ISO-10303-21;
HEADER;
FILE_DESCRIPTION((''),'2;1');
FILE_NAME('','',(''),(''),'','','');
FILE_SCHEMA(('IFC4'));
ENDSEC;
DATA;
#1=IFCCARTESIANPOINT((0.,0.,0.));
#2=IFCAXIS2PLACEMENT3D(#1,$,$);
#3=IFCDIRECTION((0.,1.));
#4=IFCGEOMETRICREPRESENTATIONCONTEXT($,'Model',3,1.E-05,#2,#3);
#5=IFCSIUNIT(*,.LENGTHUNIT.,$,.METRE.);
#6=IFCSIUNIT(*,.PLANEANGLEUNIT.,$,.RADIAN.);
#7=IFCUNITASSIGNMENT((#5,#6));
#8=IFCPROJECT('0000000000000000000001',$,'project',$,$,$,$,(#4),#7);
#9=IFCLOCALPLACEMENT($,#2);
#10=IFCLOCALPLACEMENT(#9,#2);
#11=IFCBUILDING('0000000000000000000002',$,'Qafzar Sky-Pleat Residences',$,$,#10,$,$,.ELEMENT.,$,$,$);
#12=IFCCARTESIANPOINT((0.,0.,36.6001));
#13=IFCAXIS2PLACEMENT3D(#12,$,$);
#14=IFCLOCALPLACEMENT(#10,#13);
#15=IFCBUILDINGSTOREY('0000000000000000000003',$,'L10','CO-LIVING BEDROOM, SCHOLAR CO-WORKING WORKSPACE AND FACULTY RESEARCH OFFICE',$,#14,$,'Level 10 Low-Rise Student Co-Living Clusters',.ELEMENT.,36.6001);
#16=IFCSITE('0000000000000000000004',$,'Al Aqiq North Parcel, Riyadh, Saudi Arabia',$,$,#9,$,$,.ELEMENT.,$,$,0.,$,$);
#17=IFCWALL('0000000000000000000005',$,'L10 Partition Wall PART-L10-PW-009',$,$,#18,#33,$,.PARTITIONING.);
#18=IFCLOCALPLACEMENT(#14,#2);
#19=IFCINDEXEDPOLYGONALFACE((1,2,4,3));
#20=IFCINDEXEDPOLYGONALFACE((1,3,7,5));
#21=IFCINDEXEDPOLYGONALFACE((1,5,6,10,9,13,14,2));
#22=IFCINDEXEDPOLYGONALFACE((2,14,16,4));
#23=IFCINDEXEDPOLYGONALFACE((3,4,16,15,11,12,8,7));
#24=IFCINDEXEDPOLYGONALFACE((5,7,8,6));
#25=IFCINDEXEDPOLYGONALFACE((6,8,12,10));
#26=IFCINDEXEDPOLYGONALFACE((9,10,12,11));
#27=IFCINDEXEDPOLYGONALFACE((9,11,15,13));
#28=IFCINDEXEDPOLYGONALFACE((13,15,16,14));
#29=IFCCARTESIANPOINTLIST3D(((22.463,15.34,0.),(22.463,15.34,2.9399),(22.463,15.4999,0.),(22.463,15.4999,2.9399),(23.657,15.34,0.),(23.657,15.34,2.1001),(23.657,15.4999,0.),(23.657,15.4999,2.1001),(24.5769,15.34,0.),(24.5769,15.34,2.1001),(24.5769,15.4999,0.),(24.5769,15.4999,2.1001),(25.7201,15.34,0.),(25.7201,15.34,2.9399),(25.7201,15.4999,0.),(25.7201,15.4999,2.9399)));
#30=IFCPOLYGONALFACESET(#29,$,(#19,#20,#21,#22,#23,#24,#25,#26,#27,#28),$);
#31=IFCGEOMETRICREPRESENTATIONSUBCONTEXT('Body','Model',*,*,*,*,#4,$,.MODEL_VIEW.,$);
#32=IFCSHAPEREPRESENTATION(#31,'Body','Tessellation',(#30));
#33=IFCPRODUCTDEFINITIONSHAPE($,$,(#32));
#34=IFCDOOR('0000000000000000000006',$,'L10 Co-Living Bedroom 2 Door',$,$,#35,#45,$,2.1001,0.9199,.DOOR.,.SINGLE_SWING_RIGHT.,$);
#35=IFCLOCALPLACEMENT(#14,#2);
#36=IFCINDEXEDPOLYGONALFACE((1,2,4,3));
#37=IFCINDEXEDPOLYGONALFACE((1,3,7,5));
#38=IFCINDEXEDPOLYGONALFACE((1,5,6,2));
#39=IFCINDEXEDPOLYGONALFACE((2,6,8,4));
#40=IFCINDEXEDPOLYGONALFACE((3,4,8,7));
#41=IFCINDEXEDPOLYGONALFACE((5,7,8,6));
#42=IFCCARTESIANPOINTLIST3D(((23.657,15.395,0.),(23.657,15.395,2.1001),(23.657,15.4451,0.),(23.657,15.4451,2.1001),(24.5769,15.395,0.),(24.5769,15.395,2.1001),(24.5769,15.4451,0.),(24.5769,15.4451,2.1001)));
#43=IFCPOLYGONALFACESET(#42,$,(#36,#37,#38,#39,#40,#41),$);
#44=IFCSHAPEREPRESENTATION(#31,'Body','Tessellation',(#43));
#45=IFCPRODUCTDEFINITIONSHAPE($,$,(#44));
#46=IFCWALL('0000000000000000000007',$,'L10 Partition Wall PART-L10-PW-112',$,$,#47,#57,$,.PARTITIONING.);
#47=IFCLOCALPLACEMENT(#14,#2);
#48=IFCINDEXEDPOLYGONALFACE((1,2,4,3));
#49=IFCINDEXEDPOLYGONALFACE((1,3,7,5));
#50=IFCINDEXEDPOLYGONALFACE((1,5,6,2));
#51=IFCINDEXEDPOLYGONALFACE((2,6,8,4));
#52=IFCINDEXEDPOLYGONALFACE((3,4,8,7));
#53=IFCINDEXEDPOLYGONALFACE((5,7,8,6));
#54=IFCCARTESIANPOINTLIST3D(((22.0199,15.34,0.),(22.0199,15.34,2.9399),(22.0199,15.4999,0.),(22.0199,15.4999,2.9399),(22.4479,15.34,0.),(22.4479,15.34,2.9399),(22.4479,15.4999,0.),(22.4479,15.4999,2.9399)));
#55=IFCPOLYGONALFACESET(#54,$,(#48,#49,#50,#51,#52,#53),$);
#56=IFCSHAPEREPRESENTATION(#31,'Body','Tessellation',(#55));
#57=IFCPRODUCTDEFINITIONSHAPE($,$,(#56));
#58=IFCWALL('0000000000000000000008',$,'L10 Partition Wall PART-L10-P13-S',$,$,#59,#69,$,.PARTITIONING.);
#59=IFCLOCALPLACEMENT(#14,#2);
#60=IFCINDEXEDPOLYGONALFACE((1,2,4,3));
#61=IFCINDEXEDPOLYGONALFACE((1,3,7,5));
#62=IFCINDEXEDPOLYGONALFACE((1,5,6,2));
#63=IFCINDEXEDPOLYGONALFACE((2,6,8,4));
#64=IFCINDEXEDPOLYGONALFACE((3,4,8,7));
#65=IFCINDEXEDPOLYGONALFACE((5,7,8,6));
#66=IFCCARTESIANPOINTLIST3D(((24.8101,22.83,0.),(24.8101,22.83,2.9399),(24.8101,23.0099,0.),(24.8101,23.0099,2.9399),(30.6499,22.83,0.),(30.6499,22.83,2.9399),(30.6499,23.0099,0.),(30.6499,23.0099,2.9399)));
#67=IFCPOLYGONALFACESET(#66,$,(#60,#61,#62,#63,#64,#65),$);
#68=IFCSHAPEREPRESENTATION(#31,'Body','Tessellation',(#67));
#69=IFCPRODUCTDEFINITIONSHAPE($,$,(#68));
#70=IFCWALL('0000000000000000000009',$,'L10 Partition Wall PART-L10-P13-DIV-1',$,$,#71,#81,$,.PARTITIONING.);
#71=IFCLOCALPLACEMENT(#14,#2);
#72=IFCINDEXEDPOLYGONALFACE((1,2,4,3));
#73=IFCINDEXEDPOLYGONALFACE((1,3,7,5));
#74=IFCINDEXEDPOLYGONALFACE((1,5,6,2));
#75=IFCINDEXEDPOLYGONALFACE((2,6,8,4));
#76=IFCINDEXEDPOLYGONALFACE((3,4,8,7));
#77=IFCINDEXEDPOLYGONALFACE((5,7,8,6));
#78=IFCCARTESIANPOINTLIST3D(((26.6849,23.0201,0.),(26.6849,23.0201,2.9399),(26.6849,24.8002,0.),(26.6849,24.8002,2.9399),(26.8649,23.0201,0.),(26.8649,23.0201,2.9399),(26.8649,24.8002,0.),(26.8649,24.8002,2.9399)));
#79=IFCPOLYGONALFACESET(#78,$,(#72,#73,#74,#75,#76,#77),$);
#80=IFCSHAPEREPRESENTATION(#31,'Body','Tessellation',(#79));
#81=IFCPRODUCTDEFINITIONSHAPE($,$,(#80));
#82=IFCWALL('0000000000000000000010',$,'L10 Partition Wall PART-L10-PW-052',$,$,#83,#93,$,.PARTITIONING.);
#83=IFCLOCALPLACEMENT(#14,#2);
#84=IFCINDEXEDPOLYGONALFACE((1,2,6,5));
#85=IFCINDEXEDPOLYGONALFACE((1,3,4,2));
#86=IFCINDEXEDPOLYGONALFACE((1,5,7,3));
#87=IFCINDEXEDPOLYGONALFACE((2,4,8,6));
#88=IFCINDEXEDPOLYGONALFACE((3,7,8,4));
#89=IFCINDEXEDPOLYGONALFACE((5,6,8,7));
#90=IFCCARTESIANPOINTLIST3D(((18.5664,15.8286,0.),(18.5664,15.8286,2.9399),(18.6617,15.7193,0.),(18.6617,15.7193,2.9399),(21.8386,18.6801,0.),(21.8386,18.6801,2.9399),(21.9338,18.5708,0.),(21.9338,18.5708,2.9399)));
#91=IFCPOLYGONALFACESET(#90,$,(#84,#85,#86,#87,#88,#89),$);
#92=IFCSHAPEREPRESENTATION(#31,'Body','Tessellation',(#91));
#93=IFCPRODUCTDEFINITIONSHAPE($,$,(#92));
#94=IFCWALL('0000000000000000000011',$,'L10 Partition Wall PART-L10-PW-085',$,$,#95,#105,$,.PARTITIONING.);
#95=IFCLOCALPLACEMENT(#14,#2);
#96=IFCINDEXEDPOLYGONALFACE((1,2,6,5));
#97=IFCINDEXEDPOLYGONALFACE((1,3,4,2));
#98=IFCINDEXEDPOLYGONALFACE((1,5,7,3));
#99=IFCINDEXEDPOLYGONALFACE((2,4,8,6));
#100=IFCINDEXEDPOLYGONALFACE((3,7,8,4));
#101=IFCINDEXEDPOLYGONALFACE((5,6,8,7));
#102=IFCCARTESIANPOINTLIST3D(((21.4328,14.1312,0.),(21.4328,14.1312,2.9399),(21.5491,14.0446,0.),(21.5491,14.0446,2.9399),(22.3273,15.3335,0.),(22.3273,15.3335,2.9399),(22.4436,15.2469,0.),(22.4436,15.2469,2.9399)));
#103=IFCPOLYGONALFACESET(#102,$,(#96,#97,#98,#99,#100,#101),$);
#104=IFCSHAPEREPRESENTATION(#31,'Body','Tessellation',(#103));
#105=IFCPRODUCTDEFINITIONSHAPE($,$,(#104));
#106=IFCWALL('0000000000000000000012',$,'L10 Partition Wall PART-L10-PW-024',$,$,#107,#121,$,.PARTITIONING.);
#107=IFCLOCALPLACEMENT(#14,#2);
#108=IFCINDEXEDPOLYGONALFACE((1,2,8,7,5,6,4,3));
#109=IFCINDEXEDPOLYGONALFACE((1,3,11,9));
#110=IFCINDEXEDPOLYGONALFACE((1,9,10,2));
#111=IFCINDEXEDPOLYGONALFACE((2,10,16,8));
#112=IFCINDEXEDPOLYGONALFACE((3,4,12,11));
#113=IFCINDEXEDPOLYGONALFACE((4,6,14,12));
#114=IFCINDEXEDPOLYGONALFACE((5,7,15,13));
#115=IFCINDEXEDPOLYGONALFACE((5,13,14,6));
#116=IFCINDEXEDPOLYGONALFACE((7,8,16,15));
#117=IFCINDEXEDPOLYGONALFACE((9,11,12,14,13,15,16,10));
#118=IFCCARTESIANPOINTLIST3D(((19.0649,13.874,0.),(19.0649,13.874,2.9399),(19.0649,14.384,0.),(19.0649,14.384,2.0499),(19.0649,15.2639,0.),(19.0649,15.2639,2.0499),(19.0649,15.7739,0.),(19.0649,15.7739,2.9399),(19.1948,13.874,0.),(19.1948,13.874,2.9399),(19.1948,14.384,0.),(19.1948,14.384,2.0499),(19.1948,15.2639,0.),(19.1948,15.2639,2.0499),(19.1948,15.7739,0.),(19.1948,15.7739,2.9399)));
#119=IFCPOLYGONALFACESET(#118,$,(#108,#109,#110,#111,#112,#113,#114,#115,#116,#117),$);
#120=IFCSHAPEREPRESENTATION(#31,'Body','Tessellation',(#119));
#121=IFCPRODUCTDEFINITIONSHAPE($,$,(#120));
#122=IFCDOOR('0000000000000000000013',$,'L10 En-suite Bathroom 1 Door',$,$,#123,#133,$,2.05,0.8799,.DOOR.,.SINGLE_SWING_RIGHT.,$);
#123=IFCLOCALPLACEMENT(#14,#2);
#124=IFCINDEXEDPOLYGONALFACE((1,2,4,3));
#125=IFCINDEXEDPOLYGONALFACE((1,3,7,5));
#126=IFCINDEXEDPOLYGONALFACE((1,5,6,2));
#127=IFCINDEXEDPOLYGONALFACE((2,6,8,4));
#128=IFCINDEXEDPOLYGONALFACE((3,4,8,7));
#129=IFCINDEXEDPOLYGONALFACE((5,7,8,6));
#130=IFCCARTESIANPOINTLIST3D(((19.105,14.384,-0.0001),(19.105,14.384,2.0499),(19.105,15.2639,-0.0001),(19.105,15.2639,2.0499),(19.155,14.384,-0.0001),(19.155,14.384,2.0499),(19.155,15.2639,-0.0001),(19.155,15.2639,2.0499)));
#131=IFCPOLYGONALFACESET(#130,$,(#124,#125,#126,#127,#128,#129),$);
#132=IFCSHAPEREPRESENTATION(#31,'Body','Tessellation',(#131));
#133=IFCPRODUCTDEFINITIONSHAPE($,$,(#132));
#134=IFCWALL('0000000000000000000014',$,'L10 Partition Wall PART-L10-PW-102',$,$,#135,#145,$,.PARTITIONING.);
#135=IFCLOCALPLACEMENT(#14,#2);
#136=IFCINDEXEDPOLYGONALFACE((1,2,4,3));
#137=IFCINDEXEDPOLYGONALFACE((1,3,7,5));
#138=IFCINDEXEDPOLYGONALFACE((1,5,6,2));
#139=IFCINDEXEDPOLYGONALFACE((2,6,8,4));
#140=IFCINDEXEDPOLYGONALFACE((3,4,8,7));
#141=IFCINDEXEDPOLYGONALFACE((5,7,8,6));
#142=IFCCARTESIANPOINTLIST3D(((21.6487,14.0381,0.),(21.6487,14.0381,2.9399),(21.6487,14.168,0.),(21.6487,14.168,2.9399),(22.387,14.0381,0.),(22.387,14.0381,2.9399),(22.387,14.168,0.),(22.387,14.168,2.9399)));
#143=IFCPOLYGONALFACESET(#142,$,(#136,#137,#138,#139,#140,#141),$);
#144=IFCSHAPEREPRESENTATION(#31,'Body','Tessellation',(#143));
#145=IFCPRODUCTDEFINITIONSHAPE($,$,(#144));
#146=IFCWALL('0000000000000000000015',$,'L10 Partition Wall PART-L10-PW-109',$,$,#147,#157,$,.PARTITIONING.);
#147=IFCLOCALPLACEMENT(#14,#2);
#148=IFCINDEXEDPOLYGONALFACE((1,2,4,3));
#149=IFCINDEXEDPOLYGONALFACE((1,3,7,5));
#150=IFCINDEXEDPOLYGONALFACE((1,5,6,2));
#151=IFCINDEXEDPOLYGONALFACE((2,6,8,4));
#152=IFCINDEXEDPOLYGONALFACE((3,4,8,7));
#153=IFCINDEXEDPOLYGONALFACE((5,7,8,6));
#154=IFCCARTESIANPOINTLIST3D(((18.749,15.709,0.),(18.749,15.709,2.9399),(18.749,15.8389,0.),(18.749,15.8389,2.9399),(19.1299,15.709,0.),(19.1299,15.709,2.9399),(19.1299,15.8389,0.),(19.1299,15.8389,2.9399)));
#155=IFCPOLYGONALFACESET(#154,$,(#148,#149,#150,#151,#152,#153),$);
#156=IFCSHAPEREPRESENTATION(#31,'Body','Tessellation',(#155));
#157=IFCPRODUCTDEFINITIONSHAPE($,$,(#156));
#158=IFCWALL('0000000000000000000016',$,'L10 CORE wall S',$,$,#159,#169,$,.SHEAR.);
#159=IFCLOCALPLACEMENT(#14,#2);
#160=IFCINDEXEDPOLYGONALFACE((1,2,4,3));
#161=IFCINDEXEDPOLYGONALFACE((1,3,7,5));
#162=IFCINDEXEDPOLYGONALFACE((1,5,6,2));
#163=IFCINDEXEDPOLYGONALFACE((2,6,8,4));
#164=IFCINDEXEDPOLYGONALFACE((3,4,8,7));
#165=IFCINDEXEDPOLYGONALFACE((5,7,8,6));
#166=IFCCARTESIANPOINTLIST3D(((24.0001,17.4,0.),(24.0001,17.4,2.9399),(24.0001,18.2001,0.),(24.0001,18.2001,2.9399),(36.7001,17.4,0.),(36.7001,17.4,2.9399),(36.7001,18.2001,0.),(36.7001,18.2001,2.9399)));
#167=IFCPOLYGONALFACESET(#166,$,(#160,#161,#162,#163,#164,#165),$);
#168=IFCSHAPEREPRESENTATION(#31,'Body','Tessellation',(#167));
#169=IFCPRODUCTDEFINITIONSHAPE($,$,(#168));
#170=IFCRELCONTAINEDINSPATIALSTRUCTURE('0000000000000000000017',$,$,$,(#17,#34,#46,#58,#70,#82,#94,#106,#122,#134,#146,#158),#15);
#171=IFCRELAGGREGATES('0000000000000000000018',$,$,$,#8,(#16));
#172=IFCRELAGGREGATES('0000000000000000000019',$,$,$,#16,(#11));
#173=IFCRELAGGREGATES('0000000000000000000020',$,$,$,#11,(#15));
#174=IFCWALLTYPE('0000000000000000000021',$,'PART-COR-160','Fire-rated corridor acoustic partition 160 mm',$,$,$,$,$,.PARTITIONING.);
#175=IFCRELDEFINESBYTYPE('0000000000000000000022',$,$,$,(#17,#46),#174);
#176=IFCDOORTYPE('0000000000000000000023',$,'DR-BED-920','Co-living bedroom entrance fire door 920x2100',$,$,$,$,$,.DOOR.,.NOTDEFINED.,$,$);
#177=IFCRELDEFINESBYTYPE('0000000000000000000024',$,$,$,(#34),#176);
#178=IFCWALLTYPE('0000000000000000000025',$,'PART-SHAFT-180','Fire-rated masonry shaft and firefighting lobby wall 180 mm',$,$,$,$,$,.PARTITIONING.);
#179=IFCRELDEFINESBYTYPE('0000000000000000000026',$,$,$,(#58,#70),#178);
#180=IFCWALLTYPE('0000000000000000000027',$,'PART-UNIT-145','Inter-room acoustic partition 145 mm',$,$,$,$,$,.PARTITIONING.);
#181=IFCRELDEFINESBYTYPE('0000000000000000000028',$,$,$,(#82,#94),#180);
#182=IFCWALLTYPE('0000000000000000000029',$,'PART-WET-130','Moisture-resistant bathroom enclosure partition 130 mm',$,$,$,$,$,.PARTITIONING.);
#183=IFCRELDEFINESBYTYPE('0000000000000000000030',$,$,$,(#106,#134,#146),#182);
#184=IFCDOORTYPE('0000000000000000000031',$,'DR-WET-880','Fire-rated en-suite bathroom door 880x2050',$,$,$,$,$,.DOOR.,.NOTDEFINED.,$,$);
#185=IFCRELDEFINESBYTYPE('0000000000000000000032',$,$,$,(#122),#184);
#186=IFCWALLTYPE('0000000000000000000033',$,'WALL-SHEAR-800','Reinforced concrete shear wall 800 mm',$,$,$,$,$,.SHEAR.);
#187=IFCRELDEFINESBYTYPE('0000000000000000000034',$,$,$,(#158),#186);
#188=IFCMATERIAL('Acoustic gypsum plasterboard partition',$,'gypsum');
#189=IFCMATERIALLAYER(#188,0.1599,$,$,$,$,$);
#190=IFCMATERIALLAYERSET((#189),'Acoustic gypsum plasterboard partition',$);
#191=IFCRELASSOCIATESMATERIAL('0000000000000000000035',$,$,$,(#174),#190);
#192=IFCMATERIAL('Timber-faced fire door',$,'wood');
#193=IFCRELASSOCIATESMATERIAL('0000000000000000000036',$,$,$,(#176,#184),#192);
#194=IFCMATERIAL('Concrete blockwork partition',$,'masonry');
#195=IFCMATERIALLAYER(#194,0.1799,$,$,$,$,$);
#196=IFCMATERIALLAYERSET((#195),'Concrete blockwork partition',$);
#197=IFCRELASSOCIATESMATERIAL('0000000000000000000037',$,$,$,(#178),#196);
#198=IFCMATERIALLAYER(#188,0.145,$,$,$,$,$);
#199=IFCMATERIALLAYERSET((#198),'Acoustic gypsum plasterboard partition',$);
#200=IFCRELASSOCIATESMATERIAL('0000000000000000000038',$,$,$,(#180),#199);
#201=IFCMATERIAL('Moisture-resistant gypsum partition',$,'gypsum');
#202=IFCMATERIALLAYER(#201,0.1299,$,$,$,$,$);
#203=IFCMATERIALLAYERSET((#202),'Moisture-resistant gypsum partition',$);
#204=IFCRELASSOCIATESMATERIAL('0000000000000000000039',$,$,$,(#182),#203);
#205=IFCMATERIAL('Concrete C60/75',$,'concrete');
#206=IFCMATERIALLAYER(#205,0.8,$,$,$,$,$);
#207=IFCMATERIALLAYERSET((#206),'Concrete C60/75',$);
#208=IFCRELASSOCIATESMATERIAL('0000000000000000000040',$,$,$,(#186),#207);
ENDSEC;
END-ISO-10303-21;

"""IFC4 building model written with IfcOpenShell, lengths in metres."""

from ifc_helpers import new_model, si_unit, direction, frame, frame_2d, origin, place, context, subcontext, project, spatial, rectangle, extrude, source, transform, mapped, material, layer, layer_set, type_object, element, fill, save


model = new_model("IFC4")

# Units and contexts
model_context = context("Model", 3, precision=1e-05, world=origin(), true_north=direction((0.0, 1.0)))
body_context = subcontext(model_context, "Body", "Model", "MODEL_VIEW")
ifc_project = project(units=[si_unit("LENGTHUNIT", "METRE"), si_unit("PLANEANGLEUNIT", "RADIAN")], contexts=[model_context])

# Site, building, storey
site_placement = place(None, origin())
site = spatial("IfcSite", under=ifc_project, at=site_placement, Name="Al Aqiq North Parcel, Riyadh, Saudi Arabia", CompositionType="ELEMENT", RefElevation=0.0)
building_placement = place(site_placement, origin())
building = spatial("IfcBuilding", under=site, at=building_placement, Name="Qafzar Sky-Pleat Residences", CompositionType="ELEMENT")
storey_placement = place(building_placement, frame((0.0, 0.0, 36.6001)))
storey = spatial("IfcBuildingStorey", under=building, at=storey_placement, Name="L10", Description="CO-LIVING BEDROOM, SCHOLAR CO-WORKING WORKSPACE AND FACULTY RESEARCH OFFICE", LongName="Level 10 Low-Rise Student Co-Living Clusters", CompositionType="ELEMENT", Elevation=36.6001)

# Wall, opening, door
ifc_material_1 = material(Name="Acoustic gypsum plasterboard partition", Category="gypsum")
ifc_layer_1 = layer(ifc_material_1, 0.1599)
ifc_layer_set_1 = layer_set([ifc_layer_1], Name="Acoustic gypsum plasterboard partition")
wall_type_1 = type_object("IfcWallType", Name="PART-COR-160", Description="Fire-rated corridor acoustic partition 160 mm", PredefinedType="PARTITIONING", material=ifc_layer_set_1)
ifc_material_2 = material(Name="Timber-faced fire door", Category="wood")
door_type_1 = type_object("IfcDoorType", Name="DR-BED-920", Description="Co-living bedroom entrance fire door 920x2100", OperationType="NOTDEFINED", PredefinedType="DOOR", material=ifc_material_2)
shared_shape_1 = source(origin(), body_context, "Body", "SweptSolid", [
    extrude(rectangle(XDim=0.9199, YDim=2.1001, at=frame_2d((0.46, 1.05))), frame((0.0, 0.0249, 0.0), z_axis=(0.0, -1.0, 0.0), x_axis=(1.0, 0.0, 0.0)), (0.0, 0.0, 1.0), 0.05),
])
wall_1_placement = place(storey_placement, frame((25.72, 15.4199, 0.0), z_axis=(0.0, 0.0, 1.0), x_axis=(-1.0, 0.0, 0.0)))
wall_1 = element("IfcWall", 1, at=wall_1_placement, inside=storey, type_object=wall_type_1, Name="L10 Partition Wall PART-L10-PW-009", PredefinedType="PARTITIONING", context=body_context, shape_type="SweptSolid", body=[
    extrude(rectangle(XDim=3.2571, YDim=0.1599, at=frame_2d((1.6284, 0.0))), origin(), (0.0, 0.0, 1.0), 2.9399),
])
opening_1_placement = place(wall_1_placement, frame((1.1431, 0.0, 0.0)))
opening_1 = element("IfcOpeningElement", 2, at=opening_1_placement, cuts=wall_1, PredefinedType="OPENING", context=body_context, shape_type="SweptSolid", body=[
    extrude(rectangle(XDim=0.9199, YDim=2.1001, at=frame_2d((0.46, 1.05))), frame((0.0, 0.0898, 0.0), z_axis=(0.0, -1.0, 0.0), x_axis=(1.0, 0.0, 0.0)), (0.0, 0.0, 1.0), 0.1799),
])
door_1_placement = place(opening_1_placement, origin())
door_1 = element("IfcDoor", 3, at=door_1_placement, inside=storey, type_object=door_type_1, Name="L10 Co-Living Bedroom 2 Door", OperationType="SINGLE_SWING_RIGHT", OverallHeight=2.1001, OverallWidth=0.9199, PredefinedType="DOOR", context=body_context, shape_type="MappedRepresentation", body=[
    mapped(shared_shape_1, transform((0.0, 0.0, 0.0), x_axis=(1.0, 0.0, 0.0), y_axis=(0.0, 1.0, 0.0), z_axis=(0.0, 0.0, 1.0), scale=1.0)),
])
fill(opening_1, door_1)

# Walls
wall_2_placement = place(storey_placement, frame((22.02, 15.4199, 0.0), z_axis=(0.0, 0.0, 1.0), x_axis=(1.0, 0.0, 0.0)))
element("IfcWall", 4, at=wall_2_placement, inside=storey, type_object=wall_type_1, Name="L10 Partition Wall PART-L10-PW-112", PredefinedType="PARTITIONING", context=body_context, shape_type="SweptSolid", body=[
    extrude(rectangle(XDim=0.428, YDim=0.1599, at=frame_2d((0.2139, 0.0))), origin(), (0.0, 0.0, 1.0), 2.9399),
])
ifc_material_3 = material(Name="Concrete blockwork partition", Category="masonry")
ifc_layer_2 = layer(ifc_material_3, 0.1799)
ifc_layer_set_2 = layer_set([ifc_layer_2], Name="Concrete blockwork partition")
wall_type_2 = type_object("IfcWallType", Name="PART-SHAFT-180", Description="Fire-rated masonry shaft and firefighting lobby wall 180 mm", PredefinedType="PARTITIONING", material=ifc_layer_set_2)
wall_3_placement = place(storey_placement, frame((24.8101, 22.9199, 0.0), z_axis=(0.0, 0.0, 1.0), x_axis=(1.0, 0.0, 0.0)))
element("IfcWall", 5, at=wall_3_placement, inside=storey, type_object=wall_type_2, Name="L10 Partition Wall PART-L10-P13-S", PredefinedType="PARTITIONING", context=body_context, shape_type="SweptSolid", body=[
    extrude(rectangle(XDim=5.8398, YDim=0.1799, at=frame_2d((2.9199, 0.0))), origin(), (0.0, 0.0, 1.0), 2.9399),
])
wall_4_placement = place(storey_placement, frame((26.7749, 23.02, 0.0), z_axis=(0.0, 0.0, 1.0), x_axis=(0.0, 1.0, 0.0)))
element("IfcWall", 6, at=wall_4_placement, inside=storey, type_object=wall_type_2, Name="L10 Partition Wall PART-L10-P13-DIV-1", PredefinedType="PARTITIONING", context=body_context, shape_type="SweptSolid", body=[
    extrude(rectangle(XDim=1.78, YDim=0.1799, at=frame_2d((0.8901, 0.0))), origin(), (0.0, 0.0, 1.0), 2.9399),
])
ifc_layer_3 = layer(ifc_material_1, 0.145)
ifc_layer_set_3 = layer_set([ifc_layer_3], Name="Acoustic gypsum plasterboard partition")
wall_type_3 = type_object("IfcWallType", Name="PART-UNIT-145", Description="Inter-room acoustic partition 145 mm", PredefinedType="PARTITIONING", material=ifc_layer_set_3)
wall_5_placement = place(storey_placement, frame((18.614, 15.7739, 0.0), z_axis=(0.0, 0.0, 1.0), x_axis=(0.753903, 0.656986, 0.0)))
element("IfcWall", 7, at=wall_5_placement, inside=storey, type_object=wall_type_3, Name="L10 Partition Wall PART-L10-PW-052", PredefinedType="PARTITIONING", context=body_context, shape_type="SweptSolid", body=[
    extrude(rectangle(XDim=4.3403, YDim=0.145, at=frame_2d((2.1702, 0.0))), origin(), (0.0, 0.0, 1.0), 2.9399),
])
wall_6_placement = place(storey_placement, frame((21.491, 14.0879, 0.0), z_axis=(0.0, 0.0, 1.0), x_axis=(0.596894, 0.80232, 0.0)))
element("IfcWall", 8, at=wall_6_placement, inside=storey, type_object=wall_type_3, Name="L10 Partition Wall PART-L10-PW-085", PredefinedType="PARTITIONING", context=body_context, shape_type="SweptSolid", body=[
    extrude(rectangle(XDim=1.4985, YDim=0.145, at=frame_2d((0.7493, 0.0))), origin(), (0.0, 0.0, 1.0), 2.9399),
])

# Wall, opening, door
ifc_material_4 = material(Name="Moisture-resistant gypsum partition", Category="gypsum")
ifc_layer_4 = layer(ifc_material_4, 0.1299)
ifc_layer_set_4 = layer_set([ifc_layer_4], Name="Moisture-resistant gypsum partition")
wall_type_4 = type_object("IfcWallType", Name="PART-WET-130", Description="Moisture-resistant bathroom enclosure partition 130 mm", PredefinedType="PARTITIONING", material=ifc_layer_set_4)
wall_7_placement = place(storey_placement, frame((19.1299, 13.874, 0.0), z_axis=(0.0, 0.0, 1.0), x_axis=(0.0, 1.0, 0.0)))
wall_7 = element("IfcWall", 9, at=wall_7_placement, inside=storey, type_object=wall_type_4, Name="L10 Partition Wall PART-L10-PW-024", PredefinedType="PARTITIONING", context=body_context, shape_type="SweptSolid", body=[
    extrude(rectangle(XDim=1.8999, YDim=0.1299, at=frame_2d((0.95, 0.0))), origin(), (0.0, 0.0, 1.0), 2.9399),
])
opening_2_placement = place(wall_7_placement, frame((0.51, 0.0, 0.0)))
opening_2 = element("IfcOpeningElement", 10, at=opening_2_placement, cuts=wall_7, PredefinedType="OPENING", context=body_context, shape_type="SweptSolid", body=[
    extrude(rectangle(XDim=0.8799, YDim=2.05, at=frame_2d((0.4399, 1.0249))), frame((0.0, 0.075, 0.0), z_axis=(0.0, -1.0, 0.0), x_axis=(1.0, 0.0, 0.0)), (0.0, 0.0, 1.0), 0.1499),
])
door_type_2 = type_object("IfcDoorType", Name="DR-WET-880", Description="Fire-rated en-suite bathroom door 880x2050", OperationType="NOTDEFINED", PredefinedType="DOOR", material=ifc_material_2)
shared_shape_2 = source(origin(), body_context, "Body", "SweptSolid", [
    extrude(rectangle(XDim=0.8799, YDim=2.05, at=frame_2d((0.4399, 1.0249))), frame((0.0, 0.0249, 0.0), z_axis=(0.0, -1.0, 0.0), x_axis=(1.0, 0.0, 0.0)), (0.0, 0.0, 1.0), 0.05),
])
door_2_placement = place(opening_2_placement, origin())
door_2 = element("IfcDoor", 11, at=door_2_placement, inside=storey, type_object=door_type_2, Name="L10 En-suite Bathroom 1 Door", OperationType="SINGLE_SWING_RIGHT", OverallHeight=2.05, OverallWidth=0.8799, PredefinedType="DOOR", context=body_context, shape_type="MappedRepresentation", body=[
    mapped(shared_shape_2, transform((0.0, 0.0, 0.0), x_axis=(1.0, 0.0, 0.0), y_axis=(0.0, 1.0, 0.0), z_axis=(0.0, 0.0, 1.0), scale=1.0)),
])
fill(opening_2, door_2)

# Walls
wall_8_placement = place(storey_placement, frame((21.6487, 14.103, 0.0), z_axis=(0.0, 0.0, 1.0), x_axis=(1.0, 0.0, 0.0)))
element("IfcWall", 12, at=wall_8_placement, inside=storey, type_object=wall_type_4, Name="L10 Partition Wall PART-L10-PW-102", PredefinedType="PARTITIONING", context=body_context, shape_type="SweptSolid", body=[
    extrude(rectangle(XDim=0.7383, YDim=0.1299, at=frame_2d((0.3691, 0.0))), origin(), (0.0, 0.0, 1.0), 2.9399),
])
wall_9_placement = place(storey_placement, frame((18.749, 15.7739, 0.0), z_axis=(0.0, 0.0, 1.0), x_axis=(1.0, 0.0, 0.0)))
element("IfcWall", 13, at=wall_9_placement, inside=storey, type_object=wall_type_4, Name="L10 Partition Wall PART-L10-PW-109", PredefinedType="PARTITIONING", context=body_context, shape_type="SweptSolid", body=[
    extrude(rectangle(XDim=0.3809, YDim=0.1299, at=frame_2d((0.1904, 0.0))), origin(), (0.0, 0.0, 1.0), 2.9399),
])

# Shared definitions
ifc_material_5 = material(Name="Concrete C60/75", Category="concrete")

# Wall
ifc_layer_5 = layer(ifc_material_5, 0.8)
ifc_layer_set_5 = layer_set([ifc_layer_5], Name="Concrete C60/75")
wall_type_5 = type_object("IfcWallType", Name="WALL-SHEAR-800", Description="Reinforced concrete shear wall 800 mm", PredefinedType="SHEAR", material=ifc_layer_set_5)
wall_10_placement = place(storey_placement, frame((24.0, 17.8, 0.0), z_axis=(0.0, 0.0, 1.0), x_axis=(1.0, 0.0, 0.0)))
element("IfcWall", 14, at=wall_10_placement, inside=storey, type_object=wall_type_5, Name="L10 CORE wall S", PredefinedType="SHEAR", context=body_context, shape_type="SweptSolid", body=[
    extrude(rectangle(XDim=12.7, YDim=0.8, at=frame_2d((6.3501, 0.0))), origin(), (0.0, 0.0, 1.0), 2.9399),
])

save(model, "model.ifc")
